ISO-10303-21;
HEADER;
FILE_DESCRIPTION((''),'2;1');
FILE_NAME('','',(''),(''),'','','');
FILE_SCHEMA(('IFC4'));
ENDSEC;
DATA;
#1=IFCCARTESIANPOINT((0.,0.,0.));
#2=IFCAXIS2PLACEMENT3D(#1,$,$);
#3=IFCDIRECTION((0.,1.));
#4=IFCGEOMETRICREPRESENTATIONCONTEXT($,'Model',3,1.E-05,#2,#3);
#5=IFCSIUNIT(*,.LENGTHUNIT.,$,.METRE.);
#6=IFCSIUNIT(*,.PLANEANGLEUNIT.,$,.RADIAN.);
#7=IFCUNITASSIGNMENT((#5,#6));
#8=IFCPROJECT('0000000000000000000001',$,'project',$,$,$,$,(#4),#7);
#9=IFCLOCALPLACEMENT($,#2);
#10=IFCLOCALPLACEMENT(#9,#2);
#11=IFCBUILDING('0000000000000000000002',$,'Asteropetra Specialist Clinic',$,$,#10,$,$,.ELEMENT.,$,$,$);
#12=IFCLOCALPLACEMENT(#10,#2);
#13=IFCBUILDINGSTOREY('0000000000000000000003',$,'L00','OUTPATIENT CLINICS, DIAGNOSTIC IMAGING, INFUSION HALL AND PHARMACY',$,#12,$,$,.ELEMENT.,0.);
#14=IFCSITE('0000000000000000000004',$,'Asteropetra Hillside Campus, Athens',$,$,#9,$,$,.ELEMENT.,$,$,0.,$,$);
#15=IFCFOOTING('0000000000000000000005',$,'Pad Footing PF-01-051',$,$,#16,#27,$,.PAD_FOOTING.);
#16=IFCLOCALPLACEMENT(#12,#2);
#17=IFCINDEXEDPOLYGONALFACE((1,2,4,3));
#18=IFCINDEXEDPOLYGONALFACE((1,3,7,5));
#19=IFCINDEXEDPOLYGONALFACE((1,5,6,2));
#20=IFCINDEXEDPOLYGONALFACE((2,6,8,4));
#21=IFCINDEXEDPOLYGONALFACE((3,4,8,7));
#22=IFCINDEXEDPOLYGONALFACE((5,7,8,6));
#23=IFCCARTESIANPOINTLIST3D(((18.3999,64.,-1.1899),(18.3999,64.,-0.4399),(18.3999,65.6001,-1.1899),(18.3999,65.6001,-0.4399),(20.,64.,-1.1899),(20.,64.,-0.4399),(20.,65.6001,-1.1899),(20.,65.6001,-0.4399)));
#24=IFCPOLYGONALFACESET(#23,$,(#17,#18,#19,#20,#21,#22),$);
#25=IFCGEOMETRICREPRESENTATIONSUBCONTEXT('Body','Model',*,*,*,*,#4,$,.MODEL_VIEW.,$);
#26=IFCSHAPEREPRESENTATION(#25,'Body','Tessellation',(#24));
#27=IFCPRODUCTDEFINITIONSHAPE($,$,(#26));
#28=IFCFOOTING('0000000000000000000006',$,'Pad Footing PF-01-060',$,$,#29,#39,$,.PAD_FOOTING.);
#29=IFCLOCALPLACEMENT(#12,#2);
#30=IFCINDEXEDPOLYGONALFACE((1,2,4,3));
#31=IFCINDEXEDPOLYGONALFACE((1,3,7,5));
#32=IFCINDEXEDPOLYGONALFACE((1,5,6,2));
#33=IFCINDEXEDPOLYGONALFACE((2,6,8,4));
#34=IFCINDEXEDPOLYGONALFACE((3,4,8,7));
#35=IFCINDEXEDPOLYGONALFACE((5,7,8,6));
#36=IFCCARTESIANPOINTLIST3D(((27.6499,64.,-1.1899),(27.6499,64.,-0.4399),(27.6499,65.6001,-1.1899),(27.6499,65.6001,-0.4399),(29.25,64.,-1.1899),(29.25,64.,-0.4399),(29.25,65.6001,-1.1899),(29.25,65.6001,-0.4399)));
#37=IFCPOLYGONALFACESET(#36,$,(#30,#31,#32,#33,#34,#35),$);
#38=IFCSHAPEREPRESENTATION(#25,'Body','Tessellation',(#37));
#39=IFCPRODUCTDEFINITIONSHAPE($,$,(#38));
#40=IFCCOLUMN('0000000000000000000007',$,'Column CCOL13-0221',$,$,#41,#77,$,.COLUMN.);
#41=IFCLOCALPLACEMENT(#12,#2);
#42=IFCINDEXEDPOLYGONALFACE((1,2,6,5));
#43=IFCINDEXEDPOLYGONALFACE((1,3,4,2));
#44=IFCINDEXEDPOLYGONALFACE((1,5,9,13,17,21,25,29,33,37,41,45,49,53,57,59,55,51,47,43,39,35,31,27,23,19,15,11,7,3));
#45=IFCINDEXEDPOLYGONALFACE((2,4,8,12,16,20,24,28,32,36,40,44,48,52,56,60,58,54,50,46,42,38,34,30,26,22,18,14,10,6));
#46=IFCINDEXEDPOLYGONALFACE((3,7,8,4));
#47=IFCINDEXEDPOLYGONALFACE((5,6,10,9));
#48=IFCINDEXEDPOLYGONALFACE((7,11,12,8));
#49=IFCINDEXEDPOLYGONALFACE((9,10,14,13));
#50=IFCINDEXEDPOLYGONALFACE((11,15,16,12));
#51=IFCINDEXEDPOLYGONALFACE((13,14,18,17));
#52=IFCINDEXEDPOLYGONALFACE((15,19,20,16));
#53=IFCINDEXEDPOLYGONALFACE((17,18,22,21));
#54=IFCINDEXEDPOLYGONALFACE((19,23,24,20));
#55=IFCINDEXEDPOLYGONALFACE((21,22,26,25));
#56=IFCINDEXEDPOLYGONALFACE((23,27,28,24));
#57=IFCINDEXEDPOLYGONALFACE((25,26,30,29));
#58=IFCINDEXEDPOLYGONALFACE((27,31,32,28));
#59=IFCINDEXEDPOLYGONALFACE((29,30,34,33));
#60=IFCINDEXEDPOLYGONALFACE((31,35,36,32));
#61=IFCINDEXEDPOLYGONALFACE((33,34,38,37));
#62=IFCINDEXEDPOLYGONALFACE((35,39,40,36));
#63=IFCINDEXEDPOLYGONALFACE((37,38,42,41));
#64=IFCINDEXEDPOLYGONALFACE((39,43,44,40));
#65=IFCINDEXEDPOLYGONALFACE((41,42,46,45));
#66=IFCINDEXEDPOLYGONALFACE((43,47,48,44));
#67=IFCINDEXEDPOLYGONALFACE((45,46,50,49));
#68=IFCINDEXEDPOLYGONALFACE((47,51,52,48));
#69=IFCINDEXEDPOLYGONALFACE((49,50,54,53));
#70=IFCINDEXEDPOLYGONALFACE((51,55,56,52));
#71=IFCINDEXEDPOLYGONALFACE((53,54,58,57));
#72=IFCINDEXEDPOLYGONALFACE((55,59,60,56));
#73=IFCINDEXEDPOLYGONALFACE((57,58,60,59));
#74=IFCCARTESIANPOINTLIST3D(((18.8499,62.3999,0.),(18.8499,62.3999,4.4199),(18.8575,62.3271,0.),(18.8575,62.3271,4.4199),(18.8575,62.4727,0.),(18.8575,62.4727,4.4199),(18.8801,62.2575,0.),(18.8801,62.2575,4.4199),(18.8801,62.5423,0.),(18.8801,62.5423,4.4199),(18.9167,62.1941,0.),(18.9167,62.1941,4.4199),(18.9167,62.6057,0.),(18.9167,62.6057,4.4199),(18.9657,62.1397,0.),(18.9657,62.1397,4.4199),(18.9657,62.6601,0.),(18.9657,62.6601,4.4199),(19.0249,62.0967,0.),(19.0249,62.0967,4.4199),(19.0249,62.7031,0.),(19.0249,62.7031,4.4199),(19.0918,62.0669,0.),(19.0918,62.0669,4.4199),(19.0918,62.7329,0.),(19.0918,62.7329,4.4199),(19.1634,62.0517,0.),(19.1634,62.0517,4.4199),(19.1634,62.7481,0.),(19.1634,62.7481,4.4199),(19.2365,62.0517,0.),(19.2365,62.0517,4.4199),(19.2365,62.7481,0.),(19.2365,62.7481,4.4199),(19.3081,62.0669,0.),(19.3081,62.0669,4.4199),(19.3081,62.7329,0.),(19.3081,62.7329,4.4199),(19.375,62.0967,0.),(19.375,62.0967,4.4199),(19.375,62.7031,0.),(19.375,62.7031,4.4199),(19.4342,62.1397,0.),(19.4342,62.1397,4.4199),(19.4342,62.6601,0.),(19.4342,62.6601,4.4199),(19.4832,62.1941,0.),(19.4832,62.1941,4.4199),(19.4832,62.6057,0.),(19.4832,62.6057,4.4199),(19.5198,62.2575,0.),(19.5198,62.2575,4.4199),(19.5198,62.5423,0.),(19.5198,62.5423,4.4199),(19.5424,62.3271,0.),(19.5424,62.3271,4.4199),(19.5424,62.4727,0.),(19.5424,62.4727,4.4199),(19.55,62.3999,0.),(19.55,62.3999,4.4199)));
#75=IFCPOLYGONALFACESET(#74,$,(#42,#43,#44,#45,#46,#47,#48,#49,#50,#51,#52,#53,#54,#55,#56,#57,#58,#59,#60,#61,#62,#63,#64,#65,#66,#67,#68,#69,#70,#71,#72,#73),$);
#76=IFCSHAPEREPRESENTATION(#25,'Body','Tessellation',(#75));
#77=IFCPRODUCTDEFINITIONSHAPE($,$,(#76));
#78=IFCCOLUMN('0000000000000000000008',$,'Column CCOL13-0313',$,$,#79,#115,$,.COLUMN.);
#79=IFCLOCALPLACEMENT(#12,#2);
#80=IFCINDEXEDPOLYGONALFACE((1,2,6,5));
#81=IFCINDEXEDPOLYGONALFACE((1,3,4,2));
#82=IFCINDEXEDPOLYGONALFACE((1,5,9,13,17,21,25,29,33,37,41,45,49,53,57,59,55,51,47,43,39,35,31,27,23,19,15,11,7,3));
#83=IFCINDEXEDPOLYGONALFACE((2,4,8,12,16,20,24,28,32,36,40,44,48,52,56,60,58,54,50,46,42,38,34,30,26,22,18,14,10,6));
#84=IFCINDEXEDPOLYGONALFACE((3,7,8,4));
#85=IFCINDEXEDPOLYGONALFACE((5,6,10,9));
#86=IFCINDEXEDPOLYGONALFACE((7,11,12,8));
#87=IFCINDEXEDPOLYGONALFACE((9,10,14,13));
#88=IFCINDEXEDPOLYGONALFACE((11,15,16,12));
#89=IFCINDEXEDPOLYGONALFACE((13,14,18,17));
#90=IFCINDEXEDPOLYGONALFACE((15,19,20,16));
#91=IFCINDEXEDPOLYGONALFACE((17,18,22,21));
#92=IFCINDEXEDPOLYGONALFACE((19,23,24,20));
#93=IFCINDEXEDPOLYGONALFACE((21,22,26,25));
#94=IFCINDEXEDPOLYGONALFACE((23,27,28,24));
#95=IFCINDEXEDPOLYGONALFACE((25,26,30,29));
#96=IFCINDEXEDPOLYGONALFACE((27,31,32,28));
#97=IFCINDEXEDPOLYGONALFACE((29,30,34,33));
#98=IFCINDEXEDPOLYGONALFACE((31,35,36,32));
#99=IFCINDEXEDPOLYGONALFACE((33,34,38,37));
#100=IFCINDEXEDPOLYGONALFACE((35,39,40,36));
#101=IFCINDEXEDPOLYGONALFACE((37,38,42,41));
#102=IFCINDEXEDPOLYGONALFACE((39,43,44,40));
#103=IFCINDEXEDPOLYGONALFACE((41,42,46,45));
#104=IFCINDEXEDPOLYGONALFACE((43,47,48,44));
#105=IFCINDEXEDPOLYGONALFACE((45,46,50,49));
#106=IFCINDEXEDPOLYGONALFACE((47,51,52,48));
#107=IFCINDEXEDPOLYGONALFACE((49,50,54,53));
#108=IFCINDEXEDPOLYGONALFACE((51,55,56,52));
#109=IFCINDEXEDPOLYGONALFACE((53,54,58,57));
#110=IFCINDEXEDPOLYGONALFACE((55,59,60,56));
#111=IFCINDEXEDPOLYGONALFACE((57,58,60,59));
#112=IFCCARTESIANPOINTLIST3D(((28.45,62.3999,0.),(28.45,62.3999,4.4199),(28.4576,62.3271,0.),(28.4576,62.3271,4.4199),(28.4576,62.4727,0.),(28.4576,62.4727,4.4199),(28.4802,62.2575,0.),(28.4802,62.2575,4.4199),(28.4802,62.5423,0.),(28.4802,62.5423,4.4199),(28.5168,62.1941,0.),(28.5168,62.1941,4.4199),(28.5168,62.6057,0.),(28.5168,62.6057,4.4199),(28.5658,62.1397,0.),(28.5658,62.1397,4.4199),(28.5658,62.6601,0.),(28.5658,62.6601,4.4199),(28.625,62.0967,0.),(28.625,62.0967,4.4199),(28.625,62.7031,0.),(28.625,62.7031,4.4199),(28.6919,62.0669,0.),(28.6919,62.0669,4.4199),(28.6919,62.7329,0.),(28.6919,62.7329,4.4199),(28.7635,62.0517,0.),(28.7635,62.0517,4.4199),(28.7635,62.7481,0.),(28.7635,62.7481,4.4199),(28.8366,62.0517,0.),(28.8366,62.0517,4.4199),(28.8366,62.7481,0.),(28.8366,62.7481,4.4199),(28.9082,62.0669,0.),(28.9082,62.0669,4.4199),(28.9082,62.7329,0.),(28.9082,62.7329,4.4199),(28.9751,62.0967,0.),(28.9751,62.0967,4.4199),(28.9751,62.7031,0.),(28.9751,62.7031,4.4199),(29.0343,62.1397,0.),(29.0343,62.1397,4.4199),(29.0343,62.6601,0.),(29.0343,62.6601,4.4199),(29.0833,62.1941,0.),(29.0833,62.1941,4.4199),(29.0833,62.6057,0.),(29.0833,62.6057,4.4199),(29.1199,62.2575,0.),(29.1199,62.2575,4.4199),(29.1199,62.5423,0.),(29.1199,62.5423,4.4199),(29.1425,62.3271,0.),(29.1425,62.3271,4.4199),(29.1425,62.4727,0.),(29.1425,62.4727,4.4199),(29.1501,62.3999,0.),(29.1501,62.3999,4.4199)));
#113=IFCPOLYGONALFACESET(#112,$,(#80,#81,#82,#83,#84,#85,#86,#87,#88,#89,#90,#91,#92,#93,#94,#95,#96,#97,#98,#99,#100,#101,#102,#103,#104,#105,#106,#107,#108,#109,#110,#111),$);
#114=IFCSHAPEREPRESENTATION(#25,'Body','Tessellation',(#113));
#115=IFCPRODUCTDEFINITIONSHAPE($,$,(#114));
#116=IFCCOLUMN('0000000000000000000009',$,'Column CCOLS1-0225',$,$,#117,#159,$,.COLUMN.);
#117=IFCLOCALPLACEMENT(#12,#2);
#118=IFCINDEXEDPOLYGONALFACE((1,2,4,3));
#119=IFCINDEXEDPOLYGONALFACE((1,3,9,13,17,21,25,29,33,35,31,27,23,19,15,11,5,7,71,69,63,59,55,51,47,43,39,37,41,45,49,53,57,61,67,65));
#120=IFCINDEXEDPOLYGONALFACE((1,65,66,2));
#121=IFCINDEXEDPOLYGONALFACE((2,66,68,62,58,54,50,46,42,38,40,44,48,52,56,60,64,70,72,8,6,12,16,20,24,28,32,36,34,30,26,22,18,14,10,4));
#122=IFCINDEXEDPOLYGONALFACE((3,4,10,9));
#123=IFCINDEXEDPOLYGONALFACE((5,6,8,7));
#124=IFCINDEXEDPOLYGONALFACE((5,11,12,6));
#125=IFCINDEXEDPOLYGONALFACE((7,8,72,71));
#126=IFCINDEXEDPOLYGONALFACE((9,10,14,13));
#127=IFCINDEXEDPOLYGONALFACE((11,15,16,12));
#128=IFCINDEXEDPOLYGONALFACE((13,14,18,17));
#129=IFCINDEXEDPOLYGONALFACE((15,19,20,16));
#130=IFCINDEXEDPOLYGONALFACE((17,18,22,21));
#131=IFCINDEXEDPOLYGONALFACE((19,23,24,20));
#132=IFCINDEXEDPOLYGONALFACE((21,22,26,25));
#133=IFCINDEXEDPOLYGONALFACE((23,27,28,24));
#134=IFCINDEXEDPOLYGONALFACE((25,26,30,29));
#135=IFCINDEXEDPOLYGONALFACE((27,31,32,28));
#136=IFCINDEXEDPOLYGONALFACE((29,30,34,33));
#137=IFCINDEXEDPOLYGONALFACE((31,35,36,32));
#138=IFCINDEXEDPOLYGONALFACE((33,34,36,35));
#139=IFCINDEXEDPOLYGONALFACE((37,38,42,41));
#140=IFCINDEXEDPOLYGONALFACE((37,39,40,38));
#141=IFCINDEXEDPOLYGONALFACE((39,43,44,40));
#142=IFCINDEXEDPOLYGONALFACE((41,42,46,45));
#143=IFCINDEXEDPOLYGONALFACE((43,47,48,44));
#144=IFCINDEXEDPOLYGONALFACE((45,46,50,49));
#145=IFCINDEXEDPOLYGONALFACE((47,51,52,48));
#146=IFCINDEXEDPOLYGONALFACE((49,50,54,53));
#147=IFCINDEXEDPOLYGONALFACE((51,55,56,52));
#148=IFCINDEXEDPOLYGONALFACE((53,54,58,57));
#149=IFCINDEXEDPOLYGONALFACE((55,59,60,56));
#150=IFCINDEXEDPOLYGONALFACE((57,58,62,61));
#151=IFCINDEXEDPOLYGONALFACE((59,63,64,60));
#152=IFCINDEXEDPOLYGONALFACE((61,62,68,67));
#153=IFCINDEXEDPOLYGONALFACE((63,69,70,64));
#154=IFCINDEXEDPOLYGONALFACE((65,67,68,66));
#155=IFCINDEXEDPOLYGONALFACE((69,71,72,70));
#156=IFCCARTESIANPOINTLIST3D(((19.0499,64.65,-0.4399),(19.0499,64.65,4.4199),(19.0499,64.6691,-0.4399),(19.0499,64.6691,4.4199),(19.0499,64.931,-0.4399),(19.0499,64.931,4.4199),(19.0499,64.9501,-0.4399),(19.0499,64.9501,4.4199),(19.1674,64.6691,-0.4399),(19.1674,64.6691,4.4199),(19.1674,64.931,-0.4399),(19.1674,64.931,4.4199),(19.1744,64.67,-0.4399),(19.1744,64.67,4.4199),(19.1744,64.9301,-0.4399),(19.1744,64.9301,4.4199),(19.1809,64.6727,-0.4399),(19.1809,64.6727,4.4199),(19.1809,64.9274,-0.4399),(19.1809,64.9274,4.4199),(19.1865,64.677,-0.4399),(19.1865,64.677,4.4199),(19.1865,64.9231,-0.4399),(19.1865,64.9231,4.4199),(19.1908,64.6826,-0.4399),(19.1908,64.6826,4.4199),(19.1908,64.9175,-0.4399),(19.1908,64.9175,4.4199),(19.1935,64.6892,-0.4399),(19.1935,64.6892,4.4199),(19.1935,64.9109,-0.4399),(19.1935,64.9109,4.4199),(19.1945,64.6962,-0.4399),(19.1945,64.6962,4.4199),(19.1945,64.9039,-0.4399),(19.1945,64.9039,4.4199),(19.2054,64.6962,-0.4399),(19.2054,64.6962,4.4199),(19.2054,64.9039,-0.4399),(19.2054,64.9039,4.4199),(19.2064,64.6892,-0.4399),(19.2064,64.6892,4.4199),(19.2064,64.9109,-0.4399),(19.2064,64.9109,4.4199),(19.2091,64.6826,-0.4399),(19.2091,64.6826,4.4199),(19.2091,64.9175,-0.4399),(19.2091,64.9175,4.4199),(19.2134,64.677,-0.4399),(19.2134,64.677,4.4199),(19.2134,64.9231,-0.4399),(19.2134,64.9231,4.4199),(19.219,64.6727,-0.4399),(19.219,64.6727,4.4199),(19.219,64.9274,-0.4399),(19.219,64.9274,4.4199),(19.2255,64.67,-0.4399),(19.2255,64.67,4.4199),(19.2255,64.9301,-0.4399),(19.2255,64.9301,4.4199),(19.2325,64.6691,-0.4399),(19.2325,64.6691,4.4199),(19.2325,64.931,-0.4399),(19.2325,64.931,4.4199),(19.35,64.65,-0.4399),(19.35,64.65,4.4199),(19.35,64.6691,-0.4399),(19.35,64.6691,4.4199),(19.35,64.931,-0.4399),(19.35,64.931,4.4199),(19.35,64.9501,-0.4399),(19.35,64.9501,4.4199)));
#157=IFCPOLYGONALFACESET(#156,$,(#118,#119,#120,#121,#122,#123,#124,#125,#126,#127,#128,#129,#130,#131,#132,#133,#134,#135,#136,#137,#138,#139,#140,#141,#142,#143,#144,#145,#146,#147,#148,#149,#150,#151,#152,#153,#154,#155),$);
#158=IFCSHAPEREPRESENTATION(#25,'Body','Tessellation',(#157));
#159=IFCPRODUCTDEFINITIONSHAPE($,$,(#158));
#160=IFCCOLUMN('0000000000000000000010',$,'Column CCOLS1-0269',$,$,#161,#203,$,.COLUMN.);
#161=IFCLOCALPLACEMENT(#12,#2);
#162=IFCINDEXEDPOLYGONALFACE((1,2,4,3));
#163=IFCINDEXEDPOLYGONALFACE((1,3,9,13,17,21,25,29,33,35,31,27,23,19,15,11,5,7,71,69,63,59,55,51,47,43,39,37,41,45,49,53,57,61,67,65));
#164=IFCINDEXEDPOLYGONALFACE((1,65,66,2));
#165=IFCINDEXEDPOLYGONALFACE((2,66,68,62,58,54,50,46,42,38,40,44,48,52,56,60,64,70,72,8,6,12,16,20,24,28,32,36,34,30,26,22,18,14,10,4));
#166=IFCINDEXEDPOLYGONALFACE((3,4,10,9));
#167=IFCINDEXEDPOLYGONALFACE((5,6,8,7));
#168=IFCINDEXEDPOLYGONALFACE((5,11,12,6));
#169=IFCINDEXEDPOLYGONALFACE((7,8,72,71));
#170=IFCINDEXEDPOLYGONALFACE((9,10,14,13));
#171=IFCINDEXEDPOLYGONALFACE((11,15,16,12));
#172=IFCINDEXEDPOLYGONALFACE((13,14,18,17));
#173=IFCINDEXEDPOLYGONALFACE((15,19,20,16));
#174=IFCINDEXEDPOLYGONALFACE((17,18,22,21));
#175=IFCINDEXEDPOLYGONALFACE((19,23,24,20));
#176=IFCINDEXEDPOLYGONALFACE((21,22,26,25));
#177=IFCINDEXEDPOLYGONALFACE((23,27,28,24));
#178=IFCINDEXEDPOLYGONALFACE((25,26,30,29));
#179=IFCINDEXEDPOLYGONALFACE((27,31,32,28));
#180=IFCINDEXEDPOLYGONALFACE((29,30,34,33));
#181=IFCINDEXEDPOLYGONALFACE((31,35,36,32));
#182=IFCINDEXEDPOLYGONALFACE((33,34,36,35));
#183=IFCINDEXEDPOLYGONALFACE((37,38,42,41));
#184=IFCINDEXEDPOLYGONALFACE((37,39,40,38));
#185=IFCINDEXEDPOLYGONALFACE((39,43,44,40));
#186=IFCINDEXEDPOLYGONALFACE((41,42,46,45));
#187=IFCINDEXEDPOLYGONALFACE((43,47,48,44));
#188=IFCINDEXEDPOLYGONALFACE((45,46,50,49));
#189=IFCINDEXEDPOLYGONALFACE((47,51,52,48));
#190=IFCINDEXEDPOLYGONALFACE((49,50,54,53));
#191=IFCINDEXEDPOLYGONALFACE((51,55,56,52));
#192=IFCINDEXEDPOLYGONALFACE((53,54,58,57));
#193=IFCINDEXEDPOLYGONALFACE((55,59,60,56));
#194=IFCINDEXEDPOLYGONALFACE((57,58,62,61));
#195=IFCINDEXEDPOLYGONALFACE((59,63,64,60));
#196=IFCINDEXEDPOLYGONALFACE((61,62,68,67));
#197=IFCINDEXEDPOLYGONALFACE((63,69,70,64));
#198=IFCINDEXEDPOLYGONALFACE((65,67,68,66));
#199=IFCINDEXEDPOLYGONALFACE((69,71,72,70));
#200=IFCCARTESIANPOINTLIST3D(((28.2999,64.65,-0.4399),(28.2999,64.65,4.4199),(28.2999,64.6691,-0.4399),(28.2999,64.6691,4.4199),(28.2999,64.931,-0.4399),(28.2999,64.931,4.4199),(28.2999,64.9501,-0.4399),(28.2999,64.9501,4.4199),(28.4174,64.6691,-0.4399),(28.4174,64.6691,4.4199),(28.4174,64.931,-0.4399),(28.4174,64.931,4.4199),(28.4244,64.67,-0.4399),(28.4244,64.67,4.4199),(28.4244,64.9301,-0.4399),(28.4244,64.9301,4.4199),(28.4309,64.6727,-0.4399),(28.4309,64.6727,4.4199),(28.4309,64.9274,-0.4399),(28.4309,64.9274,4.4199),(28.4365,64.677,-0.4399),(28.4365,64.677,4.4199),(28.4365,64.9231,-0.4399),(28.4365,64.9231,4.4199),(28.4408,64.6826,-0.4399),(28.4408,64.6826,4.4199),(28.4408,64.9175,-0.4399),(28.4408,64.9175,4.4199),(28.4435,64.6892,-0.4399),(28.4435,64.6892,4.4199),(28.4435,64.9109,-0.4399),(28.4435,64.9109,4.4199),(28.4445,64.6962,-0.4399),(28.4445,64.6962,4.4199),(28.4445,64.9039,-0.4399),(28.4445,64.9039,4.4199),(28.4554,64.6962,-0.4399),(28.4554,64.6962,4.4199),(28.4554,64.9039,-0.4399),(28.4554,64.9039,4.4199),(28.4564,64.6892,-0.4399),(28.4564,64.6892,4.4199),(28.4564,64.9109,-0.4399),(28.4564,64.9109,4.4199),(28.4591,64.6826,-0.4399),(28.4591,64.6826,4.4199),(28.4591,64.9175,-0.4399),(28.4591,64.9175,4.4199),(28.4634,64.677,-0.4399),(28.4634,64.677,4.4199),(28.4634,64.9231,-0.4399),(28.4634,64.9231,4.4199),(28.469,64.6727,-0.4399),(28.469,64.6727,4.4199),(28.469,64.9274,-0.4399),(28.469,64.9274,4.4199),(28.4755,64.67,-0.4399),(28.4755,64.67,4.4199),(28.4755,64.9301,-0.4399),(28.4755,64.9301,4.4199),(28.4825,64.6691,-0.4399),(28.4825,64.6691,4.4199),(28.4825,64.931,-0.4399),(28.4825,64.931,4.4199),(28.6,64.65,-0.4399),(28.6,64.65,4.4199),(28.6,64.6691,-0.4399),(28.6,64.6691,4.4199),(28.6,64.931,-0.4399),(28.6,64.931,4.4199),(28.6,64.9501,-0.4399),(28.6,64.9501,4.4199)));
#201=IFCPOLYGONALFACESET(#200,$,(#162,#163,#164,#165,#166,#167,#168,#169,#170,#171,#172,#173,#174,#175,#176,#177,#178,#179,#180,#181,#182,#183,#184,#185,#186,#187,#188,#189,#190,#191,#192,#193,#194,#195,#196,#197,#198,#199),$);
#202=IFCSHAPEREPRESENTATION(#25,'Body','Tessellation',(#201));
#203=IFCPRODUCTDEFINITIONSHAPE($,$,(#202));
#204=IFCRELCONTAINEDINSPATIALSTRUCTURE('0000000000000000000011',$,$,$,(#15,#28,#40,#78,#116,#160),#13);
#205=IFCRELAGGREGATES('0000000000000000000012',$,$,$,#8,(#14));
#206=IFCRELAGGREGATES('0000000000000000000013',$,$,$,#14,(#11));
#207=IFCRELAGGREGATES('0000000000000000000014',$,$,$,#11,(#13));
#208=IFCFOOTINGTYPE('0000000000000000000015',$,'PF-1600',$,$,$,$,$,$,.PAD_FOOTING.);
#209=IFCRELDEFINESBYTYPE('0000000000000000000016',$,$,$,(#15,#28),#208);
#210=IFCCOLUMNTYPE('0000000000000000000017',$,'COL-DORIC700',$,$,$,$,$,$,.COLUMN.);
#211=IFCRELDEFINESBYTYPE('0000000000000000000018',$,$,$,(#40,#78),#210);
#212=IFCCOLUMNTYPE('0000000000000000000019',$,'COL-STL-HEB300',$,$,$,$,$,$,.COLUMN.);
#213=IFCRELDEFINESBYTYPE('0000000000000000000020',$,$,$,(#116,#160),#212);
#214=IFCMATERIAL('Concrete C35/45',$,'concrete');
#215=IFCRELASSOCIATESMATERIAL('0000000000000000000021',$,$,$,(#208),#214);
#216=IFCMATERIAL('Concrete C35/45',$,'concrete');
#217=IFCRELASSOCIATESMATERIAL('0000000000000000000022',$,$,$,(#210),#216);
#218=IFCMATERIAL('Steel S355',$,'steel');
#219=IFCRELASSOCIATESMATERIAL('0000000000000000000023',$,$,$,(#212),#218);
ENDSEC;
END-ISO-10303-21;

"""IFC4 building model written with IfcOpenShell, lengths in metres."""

from ifc_helpers import new_model, si_unit, direction, frame, origin, origin_2d, place, context, subcontext, project, spatial, rectangle, circle, i_section, extrude, material, material_profile, profile_set, type_object, element, save


model = new_model("IFC4")

# Units and contexts
model_context = context("Model", 3, precision=1e-05, world=origin(), true_north=direction((0.0, 1.0)))
body_context = subcontext(model_context, "Body", "Model", "MODEL_VIEW")
ifc_project = project(units=[si_unit("LENGTHUNIT", "METRE"), si_unit("PLANEANGLEUNIT", "RADIAN")], contexts=[model_context])

# Site, building, storey
site_placement = place(None, origin())
site = spatial("IfcSite", under=ifc_project, at=site_placement, Name="Asteropetra Hillside Campus, Athens", CompositionType="ELEMENT", RefElevation=0.0)
building_placement = place(site_placement, origin())
building = spatial("IfcBuilding", under=site, at=building_placement, Name="Asteropetra Specialist Clinic", CompositionType="ELEMENT")
storey_placement = place(building_placement, origin())
storey = spatial("IfcBuildingStorey", under=building, at=storey_placement, Name="L00", Description="OUTPATIENT CLINICS, DIAGNOSTIC IMAGING, INFUSION HALL AND PHARMACY", CompositionType="ELEMENT", Elevation=0.0)

# Footings
ifc_material_1 = material(Name="Concrete C35/45", Category="concrete")
footing_type = type_object("IfcFootingType", Name="PF-1600", PredefinedType="PAD_FOOTING", material=ifc_material_1)
for number, where, z_axis, x_axis, name in (
    (1, (19.2, 64.8, -1.1899), (0.0, 0.0, 1.0), (1.0, 0.0, 0.0), "Pad Footing PF-01-051"),
    (2, (28.45, 64.8, -1.1899), (0.0, 0.0, 1.0), (1.0, 0.0, 0.0), "Pad Footing PF-01-060"),
):
    element("IfcFooting", number, at=place(storey_placement, frame(where, z_axis=z_axis, x_axis=x_axis)), inside=storey, type_object=footing_type, Name=name, PredefinedType="PAD_FOOTING", context=body_context, shape_type="SweptSolid", body=[
        extrude(rectangle(XDim=1.6001, YDim=1.6001, at=origin_2d()), origin(), (0.0, 0.0, 1.0), 0.75),
    ])

# Columns
ifc_material_2 = material(Name="Concrete C35/45", Category="concrete")
ifc_material_profile_1 = material_profile(ifc_material_2, circle(Radius=0.3501, at=origin_2d()), Name="RCC D700")
ifc_profile_set_1 = profile_set([ifc_material_profile_1], Name="Concrete C35/45")
column_type_1 = type_object("IfcColumnType", Name="COL-DORIC700", PredefinedType="COLUMN", material=ifc_profile_set_1)
for number, where, z_axis, x_axis, name in (
    (3, (19.2, 62.3999, 0.0), (0.0, 0.0, 1.0), (1.0, 0.0, 0.0), "Column CCOL13-0221"),
    (4, (28.8, 62.3999, 0.0), (0.0, 0.0, 1.0), (1.0, 0.0, 0.0), "Column CCOL13-0313"),
):
    element("IfcColumn", number, at=place(storey_placement, frame(where, z_axis=z_axis, x_axis=x_axis)), inside=storey, type_object=column_type_1, Name=name, PredefinedType="COLUMN", context=body_context, shape_type="SweptSolid", body=[
        extrude(circle(Radius=0.3501, at=origin_2d()), origin(), (0.0, 0.0, 1.0), 4.4199),
    ])
ifc_material_3 = material(Name="Steel S355", Category="steel")
ifc_material_profile_2 = material_profile(ifc_material_3, i_section(OverallWidth=0.3, OverallDepth=0.3, WebThickness=0.011, FlangeThickness=0.019, FilletRadius=0.0271, at=origin_2d()), Name="HEB 300")
ifc_profile_set_2 = profile_set([ifc_material_profile_2], Name="Steel S355")
column_type_2 = type_object("IfcColumnType", Name="COL-STL-HEB300", PredefinedType="COLUMN", material=ifc_profile_set_2)
for number, where, z_axis, x_axis, name in (
    (5, (19.2, 64.8, -0.4399), (0.0, 0.0, 1.0), (1.0, 0.0, 0.0), "Column CCOLS1-0225"),
    (6, (28.45, 64.8, -0.4399), (0.0, 0.0, 1.0), (1.0, 0.0, 0.0), "Column CCOLS1-0269"),
):
    element("IfcColumn", number, at=place(storey_placement, frame(where, z_axis=z_axis, x_axis=x_axis)), inside=storey, type_object=column_type_2, Name=name, PredefinedType="COLUMN", context=body_context, shape_type="SweptSolid", body=[
        extrude(i_section(OverallWidth=0.3, OverallDepth=0.3, WebThickness=0.011, FlangeThickness=0.019, FilletRadius=0.0271, at=origin_2d()), origin(), (0.0, 0.0, 1.0), 4.8599),
    ])

save(model, "model.ifc")
